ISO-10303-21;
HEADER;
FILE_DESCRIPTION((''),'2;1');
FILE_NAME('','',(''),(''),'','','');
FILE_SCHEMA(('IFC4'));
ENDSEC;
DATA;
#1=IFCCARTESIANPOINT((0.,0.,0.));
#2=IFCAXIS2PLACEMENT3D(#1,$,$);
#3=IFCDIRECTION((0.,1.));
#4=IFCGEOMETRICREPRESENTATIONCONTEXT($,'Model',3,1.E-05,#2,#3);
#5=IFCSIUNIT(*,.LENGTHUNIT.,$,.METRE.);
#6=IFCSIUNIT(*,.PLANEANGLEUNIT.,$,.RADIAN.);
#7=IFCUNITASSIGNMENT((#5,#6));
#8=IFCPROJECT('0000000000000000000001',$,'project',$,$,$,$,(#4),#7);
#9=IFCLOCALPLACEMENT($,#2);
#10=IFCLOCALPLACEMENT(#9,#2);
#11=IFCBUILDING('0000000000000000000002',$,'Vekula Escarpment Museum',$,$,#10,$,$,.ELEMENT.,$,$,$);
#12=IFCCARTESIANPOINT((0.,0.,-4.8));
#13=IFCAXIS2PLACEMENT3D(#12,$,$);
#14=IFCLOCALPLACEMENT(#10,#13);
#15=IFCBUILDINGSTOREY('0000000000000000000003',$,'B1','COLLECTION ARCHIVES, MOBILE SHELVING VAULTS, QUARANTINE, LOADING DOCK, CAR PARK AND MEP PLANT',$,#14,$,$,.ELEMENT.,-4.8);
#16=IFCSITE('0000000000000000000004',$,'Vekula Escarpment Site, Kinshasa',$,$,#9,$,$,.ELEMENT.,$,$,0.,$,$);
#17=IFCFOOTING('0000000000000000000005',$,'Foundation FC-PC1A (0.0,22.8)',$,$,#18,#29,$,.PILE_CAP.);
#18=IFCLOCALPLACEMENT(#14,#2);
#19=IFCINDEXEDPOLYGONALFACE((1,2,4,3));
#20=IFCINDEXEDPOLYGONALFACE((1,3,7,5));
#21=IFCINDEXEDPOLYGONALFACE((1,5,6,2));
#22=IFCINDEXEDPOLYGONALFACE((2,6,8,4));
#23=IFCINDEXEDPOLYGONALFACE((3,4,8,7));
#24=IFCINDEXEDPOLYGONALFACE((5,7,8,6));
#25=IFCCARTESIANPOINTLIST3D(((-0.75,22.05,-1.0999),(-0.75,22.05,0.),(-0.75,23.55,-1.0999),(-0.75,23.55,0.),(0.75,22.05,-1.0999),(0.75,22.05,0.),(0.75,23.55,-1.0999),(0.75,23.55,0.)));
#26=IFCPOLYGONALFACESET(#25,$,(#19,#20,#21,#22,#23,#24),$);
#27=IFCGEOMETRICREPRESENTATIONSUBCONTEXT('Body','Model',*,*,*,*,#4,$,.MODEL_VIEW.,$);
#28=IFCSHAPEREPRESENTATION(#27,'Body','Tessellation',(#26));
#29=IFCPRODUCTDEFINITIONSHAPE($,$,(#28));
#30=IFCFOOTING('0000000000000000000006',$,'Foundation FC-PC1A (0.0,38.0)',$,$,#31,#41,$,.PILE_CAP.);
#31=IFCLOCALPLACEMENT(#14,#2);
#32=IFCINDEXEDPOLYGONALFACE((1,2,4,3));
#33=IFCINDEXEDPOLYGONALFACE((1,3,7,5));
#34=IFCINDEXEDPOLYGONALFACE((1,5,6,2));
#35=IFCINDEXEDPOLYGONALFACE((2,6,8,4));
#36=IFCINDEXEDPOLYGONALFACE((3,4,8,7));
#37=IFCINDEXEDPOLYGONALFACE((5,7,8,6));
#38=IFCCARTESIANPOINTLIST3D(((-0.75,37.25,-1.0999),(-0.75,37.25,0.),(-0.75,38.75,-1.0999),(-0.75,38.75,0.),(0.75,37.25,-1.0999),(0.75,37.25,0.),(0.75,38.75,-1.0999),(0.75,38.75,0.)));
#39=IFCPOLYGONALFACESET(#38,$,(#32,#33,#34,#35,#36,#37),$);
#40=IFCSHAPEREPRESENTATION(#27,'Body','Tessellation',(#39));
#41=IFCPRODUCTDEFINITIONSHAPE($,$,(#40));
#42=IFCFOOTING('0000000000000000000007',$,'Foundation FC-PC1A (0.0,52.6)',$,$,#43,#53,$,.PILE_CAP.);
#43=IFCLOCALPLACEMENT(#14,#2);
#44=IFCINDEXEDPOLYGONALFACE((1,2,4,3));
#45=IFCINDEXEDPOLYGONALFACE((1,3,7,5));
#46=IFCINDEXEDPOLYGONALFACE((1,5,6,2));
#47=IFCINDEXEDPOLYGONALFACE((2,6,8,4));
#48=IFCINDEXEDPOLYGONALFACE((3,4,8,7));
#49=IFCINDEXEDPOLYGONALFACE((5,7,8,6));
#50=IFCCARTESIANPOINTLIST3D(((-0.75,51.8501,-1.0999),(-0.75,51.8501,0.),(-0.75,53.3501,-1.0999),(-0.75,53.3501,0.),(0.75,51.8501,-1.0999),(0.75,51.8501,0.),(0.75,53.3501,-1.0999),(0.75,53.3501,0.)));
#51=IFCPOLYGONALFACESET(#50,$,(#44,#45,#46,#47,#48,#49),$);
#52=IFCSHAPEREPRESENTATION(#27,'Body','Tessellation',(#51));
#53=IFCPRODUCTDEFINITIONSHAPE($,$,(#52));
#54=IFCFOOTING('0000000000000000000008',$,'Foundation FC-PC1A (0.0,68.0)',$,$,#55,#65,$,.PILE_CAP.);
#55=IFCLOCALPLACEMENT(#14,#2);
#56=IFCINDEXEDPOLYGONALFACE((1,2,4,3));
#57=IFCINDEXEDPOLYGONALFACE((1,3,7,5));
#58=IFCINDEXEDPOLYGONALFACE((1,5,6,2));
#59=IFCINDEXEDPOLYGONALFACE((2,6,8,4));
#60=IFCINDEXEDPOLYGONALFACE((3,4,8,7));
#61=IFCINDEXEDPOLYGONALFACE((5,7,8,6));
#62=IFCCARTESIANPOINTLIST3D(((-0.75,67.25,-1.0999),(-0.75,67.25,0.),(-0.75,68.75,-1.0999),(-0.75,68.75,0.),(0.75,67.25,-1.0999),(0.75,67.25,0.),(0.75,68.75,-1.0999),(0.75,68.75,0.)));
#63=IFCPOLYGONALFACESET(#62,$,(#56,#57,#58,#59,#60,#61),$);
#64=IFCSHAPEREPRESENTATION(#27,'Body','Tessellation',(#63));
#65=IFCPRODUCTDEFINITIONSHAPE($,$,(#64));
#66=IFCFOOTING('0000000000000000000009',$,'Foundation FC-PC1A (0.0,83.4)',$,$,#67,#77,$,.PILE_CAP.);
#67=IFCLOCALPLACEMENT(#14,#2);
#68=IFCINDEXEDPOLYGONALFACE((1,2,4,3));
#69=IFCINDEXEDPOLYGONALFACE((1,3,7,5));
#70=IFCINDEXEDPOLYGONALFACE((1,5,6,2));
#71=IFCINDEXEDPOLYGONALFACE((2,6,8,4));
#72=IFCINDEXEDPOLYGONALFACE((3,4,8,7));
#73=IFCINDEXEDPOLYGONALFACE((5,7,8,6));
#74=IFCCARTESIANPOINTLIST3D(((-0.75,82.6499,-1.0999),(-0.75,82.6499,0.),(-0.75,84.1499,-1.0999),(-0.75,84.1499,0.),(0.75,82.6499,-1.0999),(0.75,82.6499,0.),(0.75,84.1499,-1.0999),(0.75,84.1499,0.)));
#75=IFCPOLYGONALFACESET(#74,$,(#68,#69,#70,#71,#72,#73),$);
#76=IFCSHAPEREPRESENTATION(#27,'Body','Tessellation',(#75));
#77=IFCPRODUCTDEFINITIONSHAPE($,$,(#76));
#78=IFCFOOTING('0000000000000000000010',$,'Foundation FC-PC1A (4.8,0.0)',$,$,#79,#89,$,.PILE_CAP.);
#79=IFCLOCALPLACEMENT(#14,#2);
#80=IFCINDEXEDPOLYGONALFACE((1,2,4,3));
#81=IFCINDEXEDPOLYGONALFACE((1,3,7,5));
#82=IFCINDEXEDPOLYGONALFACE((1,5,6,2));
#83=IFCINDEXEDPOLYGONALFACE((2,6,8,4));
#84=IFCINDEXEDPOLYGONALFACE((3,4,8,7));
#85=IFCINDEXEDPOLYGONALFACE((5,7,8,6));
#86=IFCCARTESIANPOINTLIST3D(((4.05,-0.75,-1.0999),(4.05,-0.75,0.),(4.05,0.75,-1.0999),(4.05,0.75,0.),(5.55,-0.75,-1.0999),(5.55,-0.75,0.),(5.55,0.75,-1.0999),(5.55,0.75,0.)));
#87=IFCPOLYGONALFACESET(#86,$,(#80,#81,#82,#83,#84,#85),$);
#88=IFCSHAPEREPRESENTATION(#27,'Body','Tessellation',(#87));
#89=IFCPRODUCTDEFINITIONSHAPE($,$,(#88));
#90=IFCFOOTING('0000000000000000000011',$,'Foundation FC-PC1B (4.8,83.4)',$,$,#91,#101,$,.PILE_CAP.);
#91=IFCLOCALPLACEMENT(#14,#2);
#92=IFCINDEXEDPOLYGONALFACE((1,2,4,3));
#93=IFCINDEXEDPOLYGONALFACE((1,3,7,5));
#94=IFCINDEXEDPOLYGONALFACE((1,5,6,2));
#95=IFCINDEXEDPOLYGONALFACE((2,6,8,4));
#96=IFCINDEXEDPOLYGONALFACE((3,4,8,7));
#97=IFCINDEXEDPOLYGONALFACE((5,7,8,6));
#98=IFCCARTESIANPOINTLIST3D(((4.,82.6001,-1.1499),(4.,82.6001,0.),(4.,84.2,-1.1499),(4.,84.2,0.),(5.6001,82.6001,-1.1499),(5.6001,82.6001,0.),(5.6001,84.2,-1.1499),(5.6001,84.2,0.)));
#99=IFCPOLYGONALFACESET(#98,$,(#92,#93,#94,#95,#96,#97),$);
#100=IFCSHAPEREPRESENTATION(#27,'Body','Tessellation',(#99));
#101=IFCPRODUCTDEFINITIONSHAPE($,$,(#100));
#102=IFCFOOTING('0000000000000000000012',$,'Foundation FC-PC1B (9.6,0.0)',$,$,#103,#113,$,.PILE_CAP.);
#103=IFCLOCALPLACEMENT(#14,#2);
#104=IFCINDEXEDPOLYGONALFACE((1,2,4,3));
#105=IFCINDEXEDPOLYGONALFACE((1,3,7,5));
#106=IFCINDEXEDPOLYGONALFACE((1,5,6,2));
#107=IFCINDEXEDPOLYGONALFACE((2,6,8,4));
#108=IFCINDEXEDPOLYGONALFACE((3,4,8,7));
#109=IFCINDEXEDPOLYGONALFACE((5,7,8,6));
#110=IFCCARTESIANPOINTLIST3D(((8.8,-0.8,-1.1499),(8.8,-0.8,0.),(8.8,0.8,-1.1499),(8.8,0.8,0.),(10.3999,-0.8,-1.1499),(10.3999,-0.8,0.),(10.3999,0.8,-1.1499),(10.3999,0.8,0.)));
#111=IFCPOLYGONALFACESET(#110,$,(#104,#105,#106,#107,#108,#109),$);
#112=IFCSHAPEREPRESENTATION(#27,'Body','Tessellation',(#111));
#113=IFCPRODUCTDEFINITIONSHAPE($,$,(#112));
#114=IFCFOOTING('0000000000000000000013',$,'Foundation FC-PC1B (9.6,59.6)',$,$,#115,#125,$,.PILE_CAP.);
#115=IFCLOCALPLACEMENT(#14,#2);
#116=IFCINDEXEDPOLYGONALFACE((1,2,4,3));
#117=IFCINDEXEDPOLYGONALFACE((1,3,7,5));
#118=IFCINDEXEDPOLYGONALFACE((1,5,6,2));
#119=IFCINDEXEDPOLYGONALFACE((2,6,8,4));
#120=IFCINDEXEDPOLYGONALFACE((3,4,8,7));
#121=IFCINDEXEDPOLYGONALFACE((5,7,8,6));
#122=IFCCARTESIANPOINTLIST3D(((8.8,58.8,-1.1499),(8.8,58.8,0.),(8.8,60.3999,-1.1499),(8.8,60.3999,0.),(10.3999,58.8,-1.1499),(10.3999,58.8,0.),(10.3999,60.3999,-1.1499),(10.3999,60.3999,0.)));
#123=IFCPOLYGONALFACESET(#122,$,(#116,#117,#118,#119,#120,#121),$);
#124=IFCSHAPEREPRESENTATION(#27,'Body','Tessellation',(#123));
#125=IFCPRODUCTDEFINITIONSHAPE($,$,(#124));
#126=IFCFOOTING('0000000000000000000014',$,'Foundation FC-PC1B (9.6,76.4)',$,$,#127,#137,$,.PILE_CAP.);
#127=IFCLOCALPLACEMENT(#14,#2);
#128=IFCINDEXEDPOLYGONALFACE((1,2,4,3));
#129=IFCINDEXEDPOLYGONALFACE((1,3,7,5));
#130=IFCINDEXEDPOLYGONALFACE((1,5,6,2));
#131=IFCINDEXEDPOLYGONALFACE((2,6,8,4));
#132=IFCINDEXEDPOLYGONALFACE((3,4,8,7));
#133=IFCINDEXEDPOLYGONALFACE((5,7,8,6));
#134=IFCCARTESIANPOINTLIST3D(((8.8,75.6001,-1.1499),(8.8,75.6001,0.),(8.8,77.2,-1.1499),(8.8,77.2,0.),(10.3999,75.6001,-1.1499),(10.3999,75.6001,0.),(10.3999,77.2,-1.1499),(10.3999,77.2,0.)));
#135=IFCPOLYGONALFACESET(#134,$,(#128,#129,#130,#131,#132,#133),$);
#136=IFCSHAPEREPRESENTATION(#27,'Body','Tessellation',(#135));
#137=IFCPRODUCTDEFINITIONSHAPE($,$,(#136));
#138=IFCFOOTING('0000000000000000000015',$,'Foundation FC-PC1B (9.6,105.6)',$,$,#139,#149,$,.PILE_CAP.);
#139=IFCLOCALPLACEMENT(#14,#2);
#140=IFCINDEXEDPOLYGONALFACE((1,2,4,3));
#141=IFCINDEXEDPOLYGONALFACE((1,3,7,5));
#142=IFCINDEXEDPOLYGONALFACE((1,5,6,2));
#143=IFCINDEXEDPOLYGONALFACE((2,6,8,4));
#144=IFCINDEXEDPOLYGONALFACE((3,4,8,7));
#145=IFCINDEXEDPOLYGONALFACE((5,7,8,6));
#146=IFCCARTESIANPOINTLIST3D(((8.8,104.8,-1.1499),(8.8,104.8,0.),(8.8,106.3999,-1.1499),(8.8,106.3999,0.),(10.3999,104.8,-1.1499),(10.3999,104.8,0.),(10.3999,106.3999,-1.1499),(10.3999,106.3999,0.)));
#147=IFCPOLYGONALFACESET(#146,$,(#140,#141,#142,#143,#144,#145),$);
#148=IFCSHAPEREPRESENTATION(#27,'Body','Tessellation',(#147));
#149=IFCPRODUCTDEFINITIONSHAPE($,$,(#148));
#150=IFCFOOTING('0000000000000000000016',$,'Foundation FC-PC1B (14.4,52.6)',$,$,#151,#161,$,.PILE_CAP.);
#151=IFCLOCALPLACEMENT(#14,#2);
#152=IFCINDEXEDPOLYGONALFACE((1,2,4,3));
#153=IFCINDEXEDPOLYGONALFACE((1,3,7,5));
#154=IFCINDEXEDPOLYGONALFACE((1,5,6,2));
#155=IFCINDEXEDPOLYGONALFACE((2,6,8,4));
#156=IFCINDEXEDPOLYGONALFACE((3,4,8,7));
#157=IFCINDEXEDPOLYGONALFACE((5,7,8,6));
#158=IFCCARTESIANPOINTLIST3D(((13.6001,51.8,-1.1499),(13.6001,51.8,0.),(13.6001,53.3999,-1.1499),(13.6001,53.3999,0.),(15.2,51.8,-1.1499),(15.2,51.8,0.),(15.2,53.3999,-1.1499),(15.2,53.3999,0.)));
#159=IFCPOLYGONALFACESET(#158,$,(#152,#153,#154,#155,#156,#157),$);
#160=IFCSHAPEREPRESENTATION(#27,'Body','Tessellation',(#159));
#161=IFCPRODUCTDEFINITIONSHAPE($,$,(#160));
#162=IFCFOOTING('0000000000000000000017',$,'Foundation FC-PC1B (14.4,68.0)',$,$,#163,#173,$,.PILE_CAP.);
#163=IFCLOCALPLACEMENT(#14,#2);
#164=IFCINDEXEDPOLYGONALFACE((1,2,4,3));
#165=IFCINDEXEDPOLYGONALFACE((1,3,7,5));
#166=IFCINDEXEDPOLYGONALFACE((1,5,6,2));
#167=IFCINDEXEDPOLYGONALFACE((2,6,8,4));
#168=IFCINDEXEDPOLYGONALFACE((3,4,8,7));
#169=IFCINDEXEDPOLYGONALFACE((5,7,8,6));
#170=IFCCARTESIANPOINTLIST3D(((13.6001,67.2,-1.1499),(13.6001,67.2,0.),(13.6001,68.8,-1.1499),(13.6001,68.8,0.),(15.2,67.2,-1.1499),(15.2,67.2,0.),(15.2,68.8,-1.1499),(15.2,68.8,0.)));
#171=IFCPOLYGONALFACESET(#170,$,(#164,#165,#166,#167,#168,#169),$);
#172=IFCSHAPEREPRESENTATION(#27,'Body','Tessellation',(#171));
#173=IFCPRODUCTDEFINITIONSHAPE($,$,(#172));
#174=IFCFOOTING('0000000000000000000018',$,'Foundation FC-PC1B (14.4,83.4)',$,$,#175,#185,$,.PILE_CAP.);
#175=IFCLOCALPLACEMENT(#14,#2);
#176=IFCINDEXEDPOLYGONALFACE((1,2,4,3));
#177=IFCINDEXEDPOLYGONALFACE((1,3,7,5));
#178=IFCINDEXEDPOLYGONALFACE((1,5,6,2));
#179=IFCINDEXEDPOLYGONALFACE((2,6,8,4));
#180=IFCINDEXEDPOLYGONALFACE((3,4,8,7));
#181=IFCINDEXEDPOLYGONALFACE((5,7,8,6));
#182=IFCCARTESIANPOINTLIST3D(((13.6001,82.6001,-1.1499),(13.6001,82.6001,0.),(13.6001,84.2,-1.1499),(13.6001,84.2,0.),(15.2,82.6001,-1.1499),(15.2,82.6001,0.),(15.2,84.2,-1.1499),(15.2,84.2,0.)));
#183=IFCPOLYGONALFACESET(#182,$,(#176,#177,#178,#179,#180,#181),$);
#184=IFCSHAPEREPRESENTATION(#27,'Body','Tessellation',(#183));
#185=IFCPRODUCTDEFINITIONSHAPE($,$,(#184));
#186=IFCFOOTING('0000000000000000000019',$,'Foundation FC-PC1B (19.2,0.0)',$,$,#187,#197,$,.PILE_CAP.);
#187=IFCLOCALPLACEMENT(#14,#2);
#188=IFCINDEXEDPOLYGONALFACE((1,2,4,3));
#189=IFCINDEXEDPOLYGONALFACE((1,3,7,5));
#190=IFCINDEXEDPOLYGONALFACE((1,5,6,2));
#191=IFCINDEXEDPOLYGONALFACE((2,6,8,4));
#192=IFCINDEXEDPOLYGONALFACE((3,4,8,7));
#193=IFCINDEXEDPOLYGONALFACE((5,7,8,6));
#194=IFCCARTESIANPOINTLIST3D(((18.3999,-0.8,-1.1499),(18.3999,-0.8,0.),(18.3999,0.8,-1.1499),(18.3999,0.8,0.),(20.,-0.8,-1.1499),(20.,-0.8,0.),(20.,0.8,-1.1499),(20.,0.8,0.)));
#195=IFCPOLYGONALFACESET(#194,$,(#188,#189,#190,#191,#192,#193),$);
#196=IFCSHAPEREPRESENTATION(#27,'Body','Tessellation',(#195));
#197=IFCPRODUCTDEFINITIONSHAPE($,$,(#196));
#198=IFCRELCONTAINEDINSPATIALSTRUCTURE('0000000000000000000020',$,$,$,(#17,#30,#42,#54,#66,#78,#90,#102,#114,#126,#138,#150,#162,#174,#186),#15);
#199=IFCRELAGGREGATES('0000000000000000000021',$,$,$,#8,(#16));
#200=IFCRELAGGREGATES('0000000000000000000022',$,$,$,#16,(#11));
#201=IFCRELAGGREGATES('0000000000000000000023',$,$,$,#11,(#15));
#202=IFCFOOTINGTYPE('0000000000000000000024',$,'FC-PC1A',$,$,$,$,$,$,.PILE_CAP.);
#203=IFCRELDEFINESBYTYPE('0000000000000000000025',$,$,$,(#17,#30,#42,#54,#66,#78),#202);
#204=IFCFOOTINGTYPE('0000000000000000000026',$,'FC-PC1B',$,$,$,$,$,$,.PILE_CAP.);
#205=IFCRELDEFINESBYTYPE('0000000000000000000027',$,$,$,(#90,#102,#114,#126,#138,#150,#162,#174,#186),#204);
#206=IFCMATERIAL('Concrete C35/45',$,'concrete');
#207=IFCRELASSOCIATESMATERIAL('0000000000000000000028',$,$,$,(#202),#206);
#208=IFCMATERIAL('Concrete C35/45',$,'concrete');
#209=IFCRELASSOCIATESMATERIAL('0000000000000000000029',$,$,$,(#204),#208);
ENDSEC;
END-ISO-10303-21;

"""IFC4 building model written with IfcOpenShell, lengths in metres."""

from ifc_helpers import new_model, si_unit, direction, frame, origin, place, context, subcontext, project, spatial, polyline, outline, extrude, material, type_object, element, save


model = new_model("IFC4")

# Units and contexts
model_context = context("Model", 3, precision=1e-05, world=origin(), true_north=direction((0.0, 1.0)))
body_context = subcontext(model_context, "Body", "Model", "MODEL_VIEW")
ifc_project = project(units=[si_unit("LENGTHUNIT", "METRE"), si_unit("PLANEANGLEUNIT", "RADIAN")], contexts=[model_context])

# Site, building, storey
site_placement = place(None, origin())
site = spatial("IfcSite", under=ifc_project, at=site_placement, Name="Vekula Escarpment Site, Kinshasa", CompositionType="ELEMENT", RefElevation=0.0)
building_placement = place(site_placement, origin())
building = spatial("IfcBuilding", under=site, at=building_placement, Name="Vekula Escarpment Museum", CompositionType="ELEMENT")
storey_placement = place(building_placement, frame((0.0, 0.0, -4.8)))
storey = spatial("IfcBuildingStorey", under=building, at=storey_placement, Name="B1", Description="COLLECTION ARCHIVES, MOBILE SHELVING VAULTS, QUARANTINE, LOADING DOCK, CAR PARK AND MEP PLANT", CompositionType="ELEMENT", Elevation=-4.8)

# Footings
ifc_material_1 = material(Name="Concrete C35/45", Category="concrete")
footing_type_1 = type_object("IfcFootingType", Name="FC-PC1A", PredefinedType="PILE_CAP", material=ifc_material_1)
footing_1_placement = place(storey_placement, frame((0.0, 0.0, -1.0999)))
element("IfcFooting", 1, at=footing_1_placement, inside=storey, type_object=footing_type_1, Name="Foundation FC-PC1A (0.0,22.8)", PredefinedType="PILE_CAP", context=body_context, shape_type="SweptSolid", body=[
    extrude(outline(polyline([(-0.75, 22.05), (0.75, 22.05), (0.75, 23.55), (-0.75, 23.55), (-0.75, 22.05)])), origin(), (0.0, 0.0, 1.0), 1.0999),
])
footing_2_placement = place(storey_placement, frame((0.0, 0.0, -1.0999)))
element("IfcFooting", 2, at=footing_2_placement, inside=storey, type_object=footing_type_1, Name="Foundation FC-PC1A (0.0,38.0)", PredefinedType="PILE_CAP", context=body_context, shape_type="SweptSolid", body=[
    extrude(outline(polyline([(-0.75, 37.25), (0.75, 37.25), (0.75, 38.75), (-0.75, 38.75), (-0.75, 37.25)])), origin(), (0.0, 0.0, 1.0), 1.0999),
])
footing_3_placement = place(storey_placement, frame((0.0, 0.0, -1.0999)))
element("IfcFooting", 3, at=footing_3_placement, inside=storey, type_object=footing_type_1, Name="Foundation FC-PC1A (0.0,52.6)", PredefinedType="PILE_CAP", context=body_context, shape_type="SweptSolid", body=[
    extrude(outline(polyline([(-0.75, 51.8501), (0.75, 51.8501), (0.75, 53.3501), (-0.75, 53.3501), (-0.75, 51.8501)])), origin(), (0.0, 0.0, 1.0), 1.0999),
])
footing_4_placement = place(storey_placement, frame((0.0, 0.0, -1.0999)))
element("IfcFooting", 4, at=footing_4_placement, inside=storey, type_object=footing_type_1, Name="Foundation FC-PC1A (0.0,68.0)", PredefinedType="PILE_CAP", context=body_context, shape_type="SweptSolid", body=[
    extrude(outline(polyline([(-0.75, 67.25), (0.75, 67.25), (0.75, 68.75), (-0.75, 68.75), (-0.75, 67.25)])), origin(), (0.0, 0.0, 1.0), 1.0999),
])
footing_5_placement = place(storey_placement, frame((0.0, 0.0, -1.0999)))
element("IfcFooting", 5, at=footing_5_placement, inside=storey, type_object=footing_type_1, Name="Foundation FC-PC1A (0.0,83.4)", PredefinedType="PILE_CAP", context=body_context, shape_type="SweptSolid", body=[
    extrude(outline(polyline([(-0.75, 82.6499), (0.75, 82.6499), (0.75, 84.1499), (-0.75, 84.1499), (-0.75, 82.6499)])), origin(), (0.0, 0.0, 1.0), 1.0999),
])
footing_6_placement = place(storey_placement, frame((0.0, 0.0, -1.0999)))
element("IfcFooting", 6, at=footing_6_placement, inside=storey, type_object=footing_type_1, Name="Foundation FC-PC1A (4.8,0.0)", PredefinedType="PILE_CAP", context=body_context, shape_type="SweptSolid", body=[
    extrude(outline(polyline([(4.05, -0.75), (5.55, -0.75), (5.55, 0.75), (4.05, 0.75), (4.05, -0.75)])), origin(), (0.0, 0.0, 1.0), 1.0999),
])
ifc_material_2 = material(Name="Concrete C35/45", Category="concrete")
footing_type_2 = type_object("IfcFootingType", Name="FC-PC1B", PredefinedType="PILE_CAP", material=ifc_material_2)
footing_7_placement = place(storey_placement, frame((0.0, 0.0, -1.1499)))
element("IfcFooting", 7, at=footing_7_placement, inside=storey, type_object=footing_type_2, Name="Foundation FC-PC1B (4.8,83.4)", PredefinedType="PILE_CAP", context=body_context, shape_type="SweptSolid", body=[
    extrude(outline(polyline([(4.0, 82.6001), (5.6001, 82.6001), (5.6001, 84.2), (4.0, 84.2), (4.0, 82.6001)])), origin(), (0.0, 0.0, 1.0), 1.1499),
])
footing_8_placement = place(storey_placement, frame((0.0, 0.0, -1.1499)))
element("IfcFooting", 8, at=footing_8_placement, inside=storey, type_object=footing_type_2, Name="Foundation FC-PC1B (9.6,0.0)", PredefinedType="PILE_CAP", context=body_context, shape_type="SweptSolid", body=[
    extrude(outline(polyline([(8.8, -0.8), (10.3999, -0.8), (10.3999, 0.8), (8.8, 0.8), (8.8, -0.8)])), origin(), (0.0, 0.0, 1.0), 1.1499),
])
footing_9_placement = place(storey_placement, frame((0.0, 0.0, -1.1499)))
element("IfcFooting", 9, at=footing_9_placement, inside=storey, type_object=footing_type_2, Name="Foundation FC-PC1B (9.6,59.6)", PredefinedType="PILE_CAP", context=body_context, shape_type="SweptSolid", body=[
    extrude(outline(polyline([(8.8, 58.8), (10.3999, 58.8), (10.3999, 60.3999), (8.8, 60.3999), (8.8, 58.8)])), origin(), (0.0, 0.0, 1.0), 1.1499),
])
footing_10_placement = place(storey_placement, frame((0.0, 0.0, -1.1499)))
element("IfcFooting", 10, at=footing_10_placement, inside=storey, type_object=footing_type_2, Name="Foundation FC-PC1B (9.6,76.4)", PredefinedType="PILE_CAP", context=body_context, shape_type="SweptSolid", body=[
    extrude(outline(polyline([(8.8, 75.6001), (10.3999, 75.6001), (10.3999, 77.2), (8.8, 77.2), (8.8, 75.6001)])), origin(), (0.0, 0.0, 1.0), 1.1499),
])
footing_11_placement = place(storey_placement, frame((0.0, 0.0, -1.1499)))
element("IfcFooting", 11, at=footing_11_placement, inside=storey, type_object=footing_type_2, Name="Foundation FC-PC1B (9.6,105.6)", PredefinedType="PILE_CAP", context=body_context, shape_type="SweptSolid", body=[
    extrude(outline(polyline([(8.8, 104.8), (10.3999, 104.8), (10.3999, 106.3999), (8.8, 106.3999), (8.8, 104.8)])), origin(), (0.0, 0.0, 1.0), 1.1499),
])
footing_12_placement = place(storey_placement, frame((0.0, 0.0, -1.1499)))
element("IfcFooting", 12, at=footing_12_placement, inside=storey, type_object=footing_type_2, Name="Foundation FC-PC1B (14.4,52.6)", PredefinedType="PILE_CAP", context=body_context, shape_type="SweptSolid", body=[
    extrude(outline(polyline([(13.6001, 51.8), (15.2, 51.8), (15.2, 53.3999), (13.6001, 53.3999), (13.6001, 51.8)])), origin(), (0.0, 0.0, 1.0), 1.1499),
])
footing_13_placement = place(storey_placement, frame((0.0, 0.0, -1.1499)))
element("IfcFooting", 13, at=footing_13_placement, inside=storey, type_object=footing_type_2, Name="Foundation FC-PC1B (14.4,68.0)", PredefinedType="PILE_CAP", context=body_context, shape_type="SweptSolid", body=[
    extrude(outline(polyline([(13.6001, 67.2), (15.2, 67.2), (15.2, 68.8), (13.6001, 68.8), (13.6001, 67.2)])), origin(), (0.0, 0.0, 1.0), 1.1499),
])
footing_14_placement = place(storey_placement, frame((0.0, 0.0, -1.1499)))
element("IfcFooting", 14, at=footing_14_placement, inside=storey, type_object=footing_type_2, Name="Foundation FC-PC1B (14.4,83.4)", PredefinedType="PILE_CAP", context=body_context, shape_type="SweptSolid", body=[
    extrude(outline(polyline([(13.6001, 82.6001), (15.2, 82.6001), (15.2, 84.2), (13.6001, 84.2), (13.6001, 82.6001)])), origin(), (0.0, 0.0, 1.0), 1.1499),
])
footing_15_placement = place(storey_placement, frame((0.0, 0.0, -1.1499)))
element("IfcFooting", 15, at=footing_15_placement, inside=storey, type_object=footing_type_2, Name="Foundation FC-PC1B (19.2,0.0)", PredefinedType="PILE_CAP", context=body_context, shape_type="SweptSolid", body=[
    extrude(outline(polyline([(18.3999, -0.8), (20.0, -0.8), (20.0, 0.8), (18.3999, 0.8), (18.3999, -0.8)])), origin(), (0.0, 0.0, 1.0), 1.1499),
])

save(model, "model.ifc")
